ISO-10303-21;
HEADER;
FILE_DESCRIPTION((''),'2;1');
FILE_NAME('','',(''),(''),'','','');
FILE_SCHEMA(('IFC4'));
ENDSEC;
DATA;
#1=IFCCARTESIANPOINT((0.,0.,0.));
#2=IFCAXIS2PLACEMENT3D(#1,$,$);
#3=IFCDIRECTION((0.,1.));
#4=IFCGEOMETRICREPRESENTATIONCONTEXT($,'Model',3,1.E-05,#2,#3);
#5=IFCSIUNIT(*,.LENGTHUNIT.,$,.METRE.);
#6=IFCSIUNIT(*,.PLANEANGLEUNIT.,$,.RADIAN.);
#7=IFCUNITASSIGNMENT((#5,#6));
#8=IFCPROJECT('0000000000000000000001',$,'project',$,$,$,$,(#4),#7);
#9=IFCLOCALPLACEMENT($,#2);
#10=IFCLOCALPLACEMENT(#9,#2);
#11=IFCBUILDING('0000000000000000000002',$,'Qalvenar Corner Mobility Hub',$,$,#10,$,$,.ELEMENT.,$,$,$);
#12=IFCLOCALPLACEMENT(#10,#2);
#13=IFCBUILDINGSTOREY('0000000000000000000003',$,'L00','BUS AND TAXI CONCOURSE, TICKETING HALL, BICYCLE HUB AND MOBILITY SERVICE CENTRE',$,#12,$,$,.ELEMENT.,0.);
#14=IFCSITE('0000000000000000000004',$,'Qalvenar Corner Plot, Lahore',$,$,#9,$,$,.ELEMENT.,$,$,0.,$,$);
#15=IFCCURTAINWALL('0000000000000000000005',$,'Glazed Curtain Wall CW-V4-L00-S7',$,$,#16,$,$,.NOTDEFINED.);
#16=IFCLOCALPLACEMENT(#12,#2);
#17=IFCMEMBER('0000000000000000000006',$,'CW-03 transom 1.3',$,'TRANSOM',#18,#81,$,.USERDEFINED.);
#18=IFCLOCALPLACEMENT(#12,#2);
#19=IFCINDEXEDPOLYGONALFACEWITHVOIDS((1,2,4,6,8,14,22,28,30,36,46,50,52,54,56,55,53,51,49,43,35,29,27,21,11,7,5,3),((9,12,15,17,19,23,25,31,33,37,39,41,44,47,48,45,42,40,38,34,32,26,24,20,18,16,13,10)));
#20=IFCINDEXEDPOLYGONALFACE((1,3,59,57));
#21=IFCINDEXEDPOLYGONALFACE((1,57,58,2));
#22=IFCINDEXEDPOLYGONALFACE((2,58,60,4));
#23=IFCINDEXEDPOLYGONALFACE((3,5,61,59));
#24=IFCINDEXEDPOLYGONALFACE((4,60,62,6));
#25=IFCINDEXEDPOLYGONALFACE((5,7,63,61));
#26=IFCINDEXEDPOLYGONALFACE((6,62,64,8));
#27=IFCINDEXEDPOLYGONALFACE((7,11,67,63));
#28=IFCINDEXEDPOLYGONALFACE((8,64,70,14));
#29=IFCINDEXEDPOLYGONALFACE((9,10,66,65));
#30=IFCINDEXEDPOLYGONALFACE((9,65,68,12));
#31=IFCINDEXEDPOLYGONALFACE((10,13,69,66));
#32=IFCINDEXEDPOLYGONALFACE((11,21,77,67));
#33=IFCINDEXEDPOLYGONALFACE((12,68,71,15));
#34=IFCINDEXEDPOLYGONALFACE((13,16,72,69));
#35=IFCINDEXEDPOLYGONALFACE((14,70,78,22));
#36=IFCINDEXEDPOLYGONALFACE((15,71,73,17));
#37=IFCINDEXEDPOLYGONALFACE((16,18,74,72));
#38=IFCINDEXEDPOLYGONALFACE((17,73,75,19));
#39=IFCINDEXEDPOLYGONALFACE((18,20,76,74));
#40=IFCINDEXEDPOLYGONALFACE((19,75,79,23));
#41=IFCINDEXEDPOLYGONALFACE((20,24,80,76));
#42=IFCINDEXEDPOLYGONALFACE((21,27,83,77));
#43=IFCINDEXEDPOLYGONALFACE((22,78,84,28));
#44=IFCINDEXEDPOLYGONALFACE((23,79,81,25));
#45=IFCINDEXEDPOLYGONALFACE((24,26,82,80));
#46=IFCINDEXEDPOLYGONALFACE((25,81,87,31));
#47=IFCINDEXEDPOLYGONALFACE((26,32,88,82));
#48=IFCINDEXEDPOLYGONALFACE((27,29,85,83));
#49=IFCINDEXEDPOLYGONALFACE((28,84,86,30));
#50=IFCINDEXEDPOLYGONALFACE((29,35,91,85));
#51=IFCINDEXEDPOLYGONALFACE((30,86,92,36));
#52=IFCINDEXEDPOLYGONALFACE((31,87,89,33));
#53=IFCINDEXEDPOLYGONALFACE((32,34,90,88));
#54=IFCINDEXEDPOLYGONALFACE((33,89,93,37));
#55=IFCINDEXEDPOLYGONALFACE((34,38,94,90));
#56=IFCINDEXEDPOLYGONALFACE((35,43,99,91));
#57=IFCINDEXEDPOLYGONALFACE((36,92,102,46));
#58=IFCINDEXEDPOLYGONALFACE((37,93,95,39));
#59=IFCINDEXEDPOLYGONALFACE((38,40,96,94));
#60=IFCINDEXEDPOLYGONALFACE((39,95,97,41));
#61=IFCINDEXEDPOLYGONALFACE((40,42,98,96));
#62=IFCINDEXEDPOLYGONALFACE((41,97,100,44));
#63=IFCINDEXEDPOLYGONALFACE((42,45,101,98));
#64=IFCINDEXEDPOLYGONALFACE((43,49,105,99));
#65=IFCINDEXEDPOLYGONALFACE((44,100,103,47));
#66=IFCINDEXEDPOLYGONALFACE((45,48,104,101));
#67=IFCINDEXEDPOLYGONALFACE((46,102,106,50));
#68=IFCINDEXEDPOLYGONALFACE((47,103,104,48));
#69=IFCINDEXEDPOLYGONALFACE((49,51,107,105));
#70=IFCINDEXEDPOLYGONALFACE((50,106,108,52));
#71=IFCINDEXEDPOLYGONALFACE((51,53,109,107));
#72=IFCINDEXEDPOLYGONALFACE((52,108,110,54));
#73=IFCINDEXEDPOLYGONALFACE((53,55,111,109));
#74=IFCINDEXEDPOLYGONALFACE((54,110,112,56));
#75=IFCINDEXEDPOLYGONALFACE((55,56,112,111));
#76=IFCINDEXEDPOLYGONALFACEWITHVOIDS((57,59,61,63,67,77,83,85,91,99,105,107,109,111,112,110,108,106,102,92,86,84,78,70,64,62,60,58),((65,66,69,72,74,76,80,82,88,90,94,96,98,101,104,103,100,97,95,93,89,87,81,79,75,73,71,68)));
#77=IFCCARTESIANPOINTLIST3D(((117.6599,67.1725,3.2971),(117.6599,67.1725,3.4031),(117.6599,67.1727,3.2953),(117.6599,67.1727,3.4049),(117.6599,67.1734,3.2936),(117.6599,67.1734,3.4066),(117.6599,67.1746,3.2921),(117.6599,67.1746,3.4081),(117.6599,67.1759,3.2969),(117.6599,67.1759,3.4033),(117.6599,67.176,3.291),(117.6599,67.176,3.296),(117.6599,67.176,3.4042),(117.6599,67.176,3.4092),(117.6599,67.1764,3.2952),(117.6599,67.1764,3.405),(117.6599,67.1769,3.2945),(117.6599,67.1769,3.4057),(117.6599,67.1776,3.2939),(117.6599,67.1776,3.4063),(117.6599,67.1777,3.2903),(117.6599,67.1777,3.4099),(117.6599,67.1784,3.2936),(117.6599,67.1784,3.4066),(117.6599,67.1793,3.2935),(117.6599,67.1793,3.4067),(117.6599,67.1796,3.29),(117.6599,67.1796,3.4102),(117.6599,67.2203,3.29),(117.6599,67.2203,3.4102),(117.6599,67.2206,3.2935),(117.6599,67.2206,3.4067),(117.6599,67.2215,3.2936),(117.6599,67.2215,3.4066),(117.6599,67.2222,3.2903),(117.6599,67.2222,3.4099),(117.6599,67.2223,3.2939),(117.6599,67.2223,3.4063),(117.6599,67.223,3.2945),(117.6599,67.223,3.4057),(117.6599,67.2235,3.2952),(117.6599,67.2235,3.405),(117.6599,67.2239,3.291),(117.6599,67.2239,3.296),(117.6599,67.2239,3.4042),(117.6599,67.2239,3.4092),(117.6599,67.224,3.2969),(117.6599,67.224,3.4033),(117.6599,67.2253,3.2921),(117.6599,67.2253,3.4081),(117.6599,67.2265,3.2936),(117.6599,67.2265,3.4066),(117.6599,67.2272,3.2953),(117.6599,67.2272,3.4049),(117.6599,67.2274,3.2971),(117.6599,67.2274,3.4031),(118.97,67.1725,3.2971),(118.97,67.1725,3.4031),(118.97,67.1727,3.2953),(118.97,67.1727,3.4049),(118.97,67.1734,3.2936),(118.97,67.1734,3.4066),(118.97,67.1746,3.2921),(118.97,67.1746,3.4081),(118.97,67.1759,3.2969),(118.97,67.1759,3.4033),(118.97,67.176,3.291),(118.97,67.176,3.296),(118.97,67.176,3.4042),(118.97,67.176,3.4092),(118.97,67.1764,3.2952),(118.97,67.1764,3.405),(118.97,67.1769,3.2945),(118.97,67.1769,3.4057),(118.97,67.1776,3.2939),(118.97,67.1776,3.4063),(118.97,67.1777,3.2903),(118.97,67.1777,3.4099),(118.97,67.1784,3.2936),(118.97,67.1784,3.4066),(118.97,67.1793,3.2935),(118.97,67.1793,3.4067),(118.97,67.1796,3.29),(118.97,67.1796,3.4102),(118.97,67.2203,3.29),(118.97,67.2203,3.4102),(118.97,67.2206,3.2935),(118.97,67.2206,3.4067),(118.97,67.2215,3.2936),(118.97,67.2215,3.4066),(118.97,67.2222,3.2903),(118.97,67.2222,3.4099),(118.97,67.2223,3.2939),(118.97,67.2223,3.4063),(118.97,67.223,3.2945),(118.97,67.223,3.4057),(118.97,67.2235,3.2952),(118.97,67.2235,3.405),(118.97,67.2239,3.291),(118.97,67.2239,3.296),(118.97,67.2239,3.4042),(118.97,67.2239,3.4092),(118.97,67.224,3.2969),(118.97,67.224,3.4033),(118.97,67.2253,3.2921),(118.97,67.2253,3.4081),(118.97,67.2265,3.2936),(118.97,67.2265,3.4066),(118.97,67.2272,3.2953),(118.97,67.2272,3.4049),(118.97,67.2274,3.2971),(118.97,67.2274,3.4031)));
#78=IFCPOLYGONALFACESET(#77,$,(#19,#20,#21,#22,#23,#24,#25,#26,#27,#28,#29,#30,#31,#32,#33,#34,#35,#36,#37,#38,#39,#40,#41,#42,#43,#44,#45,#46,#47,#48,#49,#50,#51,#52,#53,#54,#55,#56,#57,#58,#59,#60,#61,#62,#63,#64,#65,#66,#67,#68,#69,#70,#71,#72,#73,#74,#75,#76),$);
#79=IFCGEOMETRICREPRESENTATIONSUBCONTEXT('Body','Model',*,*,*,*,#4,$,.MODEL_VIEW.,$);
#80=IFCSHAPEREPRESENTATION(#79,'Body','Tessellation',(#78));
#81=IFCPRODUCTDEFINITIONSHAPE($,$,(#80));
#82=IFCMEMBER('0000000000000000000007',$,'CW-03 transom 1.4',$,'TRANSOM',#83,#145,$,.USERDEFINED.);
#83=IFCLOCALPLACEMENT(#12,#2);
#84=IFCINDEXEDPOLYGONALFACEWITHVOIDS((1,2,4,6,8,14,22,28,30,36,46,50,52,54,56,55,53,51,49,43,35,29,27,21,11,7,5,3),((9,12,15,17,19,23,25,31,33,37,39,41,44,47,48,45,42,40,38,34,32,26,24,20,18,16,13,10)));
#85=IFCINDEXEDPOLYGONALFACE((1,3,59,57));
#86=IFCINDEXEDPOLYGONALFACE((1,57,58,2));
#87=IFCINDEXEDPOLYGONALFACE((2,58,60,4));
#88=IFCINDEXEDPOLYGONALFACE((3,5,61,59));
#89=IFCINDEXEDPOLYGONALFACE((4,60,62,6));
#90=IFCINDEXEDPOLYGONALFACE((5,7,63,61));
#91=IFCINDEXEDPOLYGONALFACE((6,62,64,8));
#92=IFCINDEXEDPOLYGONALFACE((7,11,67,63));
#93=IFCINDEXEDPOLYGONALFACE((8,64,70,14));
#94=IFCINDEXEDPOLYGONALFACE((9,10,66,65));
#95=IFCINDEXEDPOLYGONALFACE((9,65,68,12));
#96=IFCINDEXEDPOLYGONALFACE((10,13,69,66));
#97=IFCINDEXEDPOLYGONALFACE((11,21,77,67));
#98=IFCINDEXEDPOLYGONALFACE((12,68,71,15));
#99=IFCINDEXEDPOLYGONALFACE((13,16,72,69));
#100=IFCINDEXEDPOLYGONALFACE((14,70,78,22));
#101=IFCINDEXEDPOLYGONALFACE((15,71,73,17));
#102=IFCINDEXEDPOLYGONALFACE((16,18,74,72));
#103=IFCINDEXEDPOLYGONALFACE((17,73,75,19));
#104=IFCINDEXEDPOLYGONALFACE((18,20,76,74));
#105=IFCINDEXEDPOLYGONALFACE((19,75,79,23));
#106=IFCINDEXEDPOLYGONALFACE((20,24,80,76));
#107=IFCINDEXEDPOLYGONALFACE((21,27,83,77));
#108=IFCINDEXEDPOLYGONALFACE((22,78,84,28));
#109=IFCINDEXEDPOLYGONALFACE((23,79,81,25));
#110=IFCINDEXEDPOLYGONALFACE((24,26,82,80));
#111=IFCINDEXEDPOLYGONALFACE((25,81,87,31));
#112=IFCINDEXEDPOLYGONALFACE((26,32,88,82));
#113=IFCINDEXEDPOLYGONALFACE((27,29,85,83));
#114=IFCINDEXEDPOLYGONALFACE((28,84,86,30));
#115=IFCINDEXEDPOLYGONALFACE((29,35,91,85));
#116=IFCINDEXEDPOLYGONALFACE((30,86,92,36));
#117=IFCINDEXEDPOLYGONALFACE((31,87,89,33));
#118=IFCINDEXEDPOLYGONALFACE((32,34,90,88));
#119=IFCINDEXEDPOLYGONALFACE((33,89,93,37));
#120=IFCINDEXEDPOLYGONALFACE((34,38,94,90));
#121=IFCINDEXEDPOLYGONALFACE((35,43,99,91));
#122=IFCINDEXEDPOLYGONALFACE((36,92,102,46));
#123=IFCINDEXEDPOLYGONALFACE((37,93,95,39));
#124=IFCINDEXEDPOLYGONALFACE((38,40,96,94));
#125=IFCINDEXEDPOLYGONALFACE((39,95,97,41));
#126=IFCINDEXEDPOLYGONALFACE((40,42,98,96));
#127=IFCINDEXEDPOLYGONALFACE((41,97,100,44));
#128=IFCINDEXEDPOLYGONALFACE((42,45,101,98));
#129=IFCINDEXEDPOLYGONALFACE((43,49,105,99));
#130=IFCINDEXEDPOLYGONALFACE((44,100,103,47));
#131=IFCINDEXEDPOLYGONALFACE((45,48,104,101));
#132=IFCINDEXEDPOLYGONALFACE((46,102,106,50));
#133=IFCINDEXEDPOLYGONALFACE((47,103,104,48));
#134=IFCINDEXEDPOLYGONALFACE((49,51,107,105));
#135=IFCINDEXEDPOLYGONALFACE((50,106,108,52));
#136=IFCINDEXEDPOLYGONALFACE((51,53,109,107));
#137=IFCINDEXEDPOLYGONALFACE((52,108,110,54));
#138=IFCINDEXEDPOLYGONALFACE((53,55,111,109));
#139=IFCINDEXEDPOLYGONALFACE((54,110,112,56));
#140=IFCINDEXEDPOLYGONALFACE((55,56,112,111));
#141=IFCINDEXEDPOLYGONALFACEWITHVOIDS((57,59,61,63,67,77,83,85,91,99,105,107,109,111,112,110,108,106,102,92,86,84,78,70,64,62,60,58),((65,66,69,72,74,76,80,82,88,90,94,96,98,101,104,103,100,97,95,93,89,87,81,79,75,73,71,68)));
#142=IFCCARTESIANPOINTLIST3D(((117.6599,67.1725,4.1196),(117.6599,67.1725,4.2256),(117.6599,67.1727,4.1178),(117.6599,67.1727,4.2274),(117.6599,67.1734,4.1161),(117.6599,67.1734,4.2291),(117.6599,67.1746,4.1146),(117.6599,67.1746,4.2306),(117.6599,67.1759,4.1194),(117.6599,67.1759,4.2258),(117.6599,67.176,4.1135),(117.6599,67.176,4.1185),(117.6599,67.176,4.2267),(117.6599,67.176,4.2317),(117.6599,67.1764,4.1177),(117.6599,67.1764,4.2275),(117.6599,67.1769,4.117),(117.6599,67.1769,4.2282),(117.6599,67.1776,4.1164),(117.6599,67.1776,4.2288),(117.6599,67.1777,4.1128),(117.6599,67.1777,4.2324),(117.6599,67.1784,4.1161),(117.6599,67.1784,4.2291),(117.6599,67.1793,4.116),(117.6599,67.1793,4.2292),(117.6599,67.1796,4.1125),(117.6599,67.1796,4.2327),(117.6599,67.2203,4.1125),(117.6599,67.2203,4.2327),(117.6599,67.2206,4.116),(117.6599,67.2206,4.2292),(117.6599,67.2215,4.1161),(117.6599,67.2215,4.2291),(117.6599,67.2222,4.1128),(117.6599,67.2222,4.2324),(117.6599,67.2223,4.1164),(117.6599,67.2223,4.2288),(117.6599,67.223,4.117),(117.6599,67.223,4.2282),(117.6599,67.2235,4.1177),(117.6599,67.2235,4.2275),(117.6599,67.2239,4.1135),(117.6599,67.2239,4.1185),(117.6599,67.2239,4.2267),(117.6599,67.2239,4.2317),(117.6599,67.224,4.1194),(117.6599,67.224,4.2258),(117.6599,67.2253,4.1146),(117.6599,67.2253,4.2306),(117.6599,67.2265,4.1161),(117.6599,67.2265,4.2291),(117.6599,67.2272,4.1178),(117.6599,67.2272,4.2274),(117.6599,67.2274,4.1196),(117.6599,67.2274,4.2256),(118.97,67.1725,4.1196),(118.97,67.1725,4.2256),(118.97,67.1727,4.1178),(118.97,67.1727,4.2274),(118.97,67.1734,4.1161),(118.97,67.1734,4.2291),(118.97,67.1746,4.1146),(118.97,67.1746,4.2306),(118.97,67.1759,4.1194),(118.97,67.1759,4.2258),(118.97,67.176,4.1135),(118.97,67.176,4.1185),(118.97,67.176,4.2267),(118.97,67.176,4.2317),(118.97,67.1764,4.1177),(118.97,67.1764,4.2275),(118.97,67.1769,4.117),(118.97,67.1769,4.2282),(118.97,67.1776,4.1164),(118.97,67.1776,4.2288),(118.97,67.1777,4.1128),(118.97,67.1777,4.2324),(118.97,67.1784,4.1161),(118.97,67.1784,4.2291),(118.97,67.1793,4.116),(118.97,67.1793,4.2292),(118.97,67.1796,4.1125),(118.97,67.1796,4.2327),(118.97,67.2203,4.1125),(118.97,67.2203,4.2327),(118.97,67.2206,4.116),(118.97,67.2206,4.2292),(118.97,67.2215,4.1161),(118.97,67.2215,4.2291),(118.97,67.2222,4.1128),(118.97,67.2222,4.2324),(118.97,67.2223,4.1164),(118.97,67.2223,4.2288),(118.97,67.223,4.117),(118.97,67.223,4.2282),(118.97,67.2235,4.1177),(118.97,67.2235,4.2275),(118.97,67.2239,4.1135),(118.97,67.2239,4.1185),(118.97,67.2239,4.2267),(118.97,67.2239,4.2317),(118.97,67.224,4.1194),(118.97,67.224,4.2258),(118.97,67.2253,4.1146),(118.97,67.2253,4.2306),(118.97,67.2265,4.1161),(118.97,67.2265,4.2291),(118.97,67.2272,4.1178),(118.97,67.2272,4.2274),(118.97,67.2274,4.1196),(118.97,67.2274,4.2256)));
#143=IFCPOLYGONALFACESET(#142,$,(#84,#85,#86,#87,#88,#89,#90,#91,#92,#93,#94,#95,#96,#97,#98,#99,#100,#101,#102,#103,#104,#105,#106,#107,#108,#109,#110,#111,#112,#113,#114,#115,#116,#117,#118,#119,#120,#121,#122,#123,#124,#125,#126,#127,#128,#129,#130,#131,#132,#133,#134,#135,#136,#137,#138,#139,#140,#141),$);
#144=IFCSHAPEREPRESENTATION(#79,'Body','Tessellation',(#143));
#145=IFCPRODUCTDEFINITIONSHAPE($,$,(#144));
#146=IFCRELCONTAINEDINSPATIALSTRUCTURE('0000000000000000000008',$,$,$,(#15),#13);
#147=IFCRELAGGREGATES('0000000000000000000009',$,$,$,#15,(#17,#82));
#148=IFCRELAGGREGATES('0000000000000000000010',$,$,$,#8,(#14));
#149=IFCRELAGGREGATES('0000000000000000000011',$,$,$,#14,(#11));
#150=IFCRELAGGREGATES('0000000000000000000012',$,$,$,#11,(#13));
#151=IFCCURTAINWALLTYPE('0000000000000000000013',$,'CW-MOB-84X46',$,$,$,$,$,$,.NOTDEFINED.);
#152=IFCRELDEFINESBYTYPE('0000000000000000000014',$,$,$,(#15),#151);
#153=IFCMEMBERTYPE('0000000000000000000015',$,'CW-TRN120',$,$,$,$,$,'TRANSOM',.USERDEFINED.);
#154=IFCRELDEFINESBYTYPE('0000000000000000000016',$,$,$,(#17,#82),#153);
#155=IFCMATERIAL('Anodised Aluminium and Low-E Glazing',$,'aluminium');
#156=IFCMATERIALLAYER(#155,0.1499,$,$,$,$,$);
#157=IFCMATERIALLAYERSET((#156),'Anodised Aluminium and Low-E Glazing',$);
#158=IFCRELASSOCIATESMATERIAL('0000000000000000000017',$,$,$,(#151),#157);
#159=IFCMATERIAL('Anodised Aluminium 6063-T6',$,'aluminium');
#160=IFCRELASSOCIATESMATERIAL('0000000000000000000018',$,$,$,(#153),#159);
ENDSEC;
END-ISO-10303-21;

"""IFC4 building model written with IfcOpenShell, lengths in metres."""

from ifc_helpers import new_model, si_unit, direction, frame, origin, origin_2d, place, context, subcontext, project, spatial, hollow_rectangle, extrude, material, layer, layer_set, material_profile, profile_set, type_object, element, aggregate, save


model = new_model("IFC4")

# Units and contexts
model_context = context("Model", 3, precision=1e-05, world=origin(), true_north=direction((0.0, 1.0)))
body_context = subcontext(model_context, "Body", "Model", "MODEL_VIEW")
ifc_project = project(units=[si_unit("LENGTHUNIT", "METRE"), si_unit("PLANEANGLEUNIT", "RADIAN")], contexts=[model_context])

# Site, building, storey
site_placement = place(None, origin())
site = spatial("IfcSite", under=ifc_project, at=site_placement, Name="Qalvenar Corner Plot, Lahore", CompositionType="ELEMENT", RefElevation=0.0)
building_placement = place(site_placement, origin())
building = spatial("IfcBuilding", under=site, at=building_placement, Name="Qalvenar Corner Mobility Hub", CompositionType="ELEMENT")
storey_placement = place(building_placement, origin())
storey = spatial("IfcBuildingStorey", under=building, at=storey_placement, Name="L00", Description="BUS AND TAXI CONCOURSE, TICKETING HALL, BICYCLE HUB AND MOBILITY SERVICE CENTRE", CompositionType="ELEMENT", Elevation=0.0)

# Shared definitions
ifc_material_1 = material(Name="Anodised Aluminium and Low-E Glazing", Category="aluminium")
ifc_layer_1 = layer(ifc_material_1, 0.1499)
ifc_layer_set_1 = layer_set([ifc_layer_1], Name="Anodised Aluminium and Low-E Glazing")
curtain_wall_type = type_object("IfcCurtainWallType", Name="CW-MOB-84X46", PredefinedType="NOTDEFINED", material=ifc_layer_set_1)
ifc_material_2 = material(Name="Anodised Aluminium 6063-T6", Category="aluminium")

# Curtain wall, members
curtain_wall_1_placement = place(storey_placement, origin())
curtain_wall_1 = element("IfcCurtainWall", 1, at=curtain_wall_1_placement, inside=storey, type_object=curtain_wall_type, Name="Glazed Curtain Wall CW-V4-L00-S7", PredefinedType="NOTDEFINED")
ifc_material_profile_1 = material_profile(ifc_material_2, hollow_rectangle(XDim=0.0549, YDim=0.1201, WallThickness=0.0034, InnerFilletRadius=0.0034, OuterFilletRadius=0.0071, at=origin_2d()), Name="RHS120x55x3.5")
ifc_profile_set_1 = profile_set([ifc_material_profile_1], Name="Anodised Aluminium 6063-T6")
member_type_1 = type_object("IfcMemberType", Name="CW-TRN120", ElementType="TRANSOM", PredefinedType="USERDEFINED", material=ifc_profile_set_1)
member_1_placement = place(storey_placement, frame((117.6599, 67.2, 3.3501), z_axis=(1.0, 0.0, 0.0), x_axis=(0.0, 1.0, 0.0)))
member_1 = element("IfcMember", 2, at=member_1_placement, type_object=member_type_1, Name="CW-03 transom 1.3", ObjectType="TRANSOM", PredefinedType="USERDEFINED", context=body_context, shape_type="SweptSolid", body=[
    extrude(hollow_rectangle(XDim=0.0549, YDim=0.1201, WallThickness=0.0034, InnerFilletRadius=0.0034, OuterFilletRadius=0.0071, at=origin_2d()), origin(), (0.0, 0.0, 1.0), 1.3101),
])
member_2_placement = place(storey_placement, frame((117.6599, 67.2, 4.1726), z_axis=(1.0, 0.0, 0.0), x_axis=(0.0, 1.0, 0.0)))
member_2 = element("IfcMember", 3, at=member_2_placement, type_object=member_type_1, Name="CW-03 transom 1.4", ObjectType="TRANSOM", PredefinedType="USERDEFINED", context=body_context, shape_type="SweptSolid", body=[
    extrude(hollow_rectangle(XDim=0.0549, YDim=0.1201, WallThickness=0.0034, InnerFilletRadius=0.0034, OuterFilletRadius=0.0071, at=origin_2d()), origin(), (0.0, 0.0, 1.0), 1.3101),
])
aggregate(curtain_wall_1, [member_1, member_2])

save(model, "model.ifc")
